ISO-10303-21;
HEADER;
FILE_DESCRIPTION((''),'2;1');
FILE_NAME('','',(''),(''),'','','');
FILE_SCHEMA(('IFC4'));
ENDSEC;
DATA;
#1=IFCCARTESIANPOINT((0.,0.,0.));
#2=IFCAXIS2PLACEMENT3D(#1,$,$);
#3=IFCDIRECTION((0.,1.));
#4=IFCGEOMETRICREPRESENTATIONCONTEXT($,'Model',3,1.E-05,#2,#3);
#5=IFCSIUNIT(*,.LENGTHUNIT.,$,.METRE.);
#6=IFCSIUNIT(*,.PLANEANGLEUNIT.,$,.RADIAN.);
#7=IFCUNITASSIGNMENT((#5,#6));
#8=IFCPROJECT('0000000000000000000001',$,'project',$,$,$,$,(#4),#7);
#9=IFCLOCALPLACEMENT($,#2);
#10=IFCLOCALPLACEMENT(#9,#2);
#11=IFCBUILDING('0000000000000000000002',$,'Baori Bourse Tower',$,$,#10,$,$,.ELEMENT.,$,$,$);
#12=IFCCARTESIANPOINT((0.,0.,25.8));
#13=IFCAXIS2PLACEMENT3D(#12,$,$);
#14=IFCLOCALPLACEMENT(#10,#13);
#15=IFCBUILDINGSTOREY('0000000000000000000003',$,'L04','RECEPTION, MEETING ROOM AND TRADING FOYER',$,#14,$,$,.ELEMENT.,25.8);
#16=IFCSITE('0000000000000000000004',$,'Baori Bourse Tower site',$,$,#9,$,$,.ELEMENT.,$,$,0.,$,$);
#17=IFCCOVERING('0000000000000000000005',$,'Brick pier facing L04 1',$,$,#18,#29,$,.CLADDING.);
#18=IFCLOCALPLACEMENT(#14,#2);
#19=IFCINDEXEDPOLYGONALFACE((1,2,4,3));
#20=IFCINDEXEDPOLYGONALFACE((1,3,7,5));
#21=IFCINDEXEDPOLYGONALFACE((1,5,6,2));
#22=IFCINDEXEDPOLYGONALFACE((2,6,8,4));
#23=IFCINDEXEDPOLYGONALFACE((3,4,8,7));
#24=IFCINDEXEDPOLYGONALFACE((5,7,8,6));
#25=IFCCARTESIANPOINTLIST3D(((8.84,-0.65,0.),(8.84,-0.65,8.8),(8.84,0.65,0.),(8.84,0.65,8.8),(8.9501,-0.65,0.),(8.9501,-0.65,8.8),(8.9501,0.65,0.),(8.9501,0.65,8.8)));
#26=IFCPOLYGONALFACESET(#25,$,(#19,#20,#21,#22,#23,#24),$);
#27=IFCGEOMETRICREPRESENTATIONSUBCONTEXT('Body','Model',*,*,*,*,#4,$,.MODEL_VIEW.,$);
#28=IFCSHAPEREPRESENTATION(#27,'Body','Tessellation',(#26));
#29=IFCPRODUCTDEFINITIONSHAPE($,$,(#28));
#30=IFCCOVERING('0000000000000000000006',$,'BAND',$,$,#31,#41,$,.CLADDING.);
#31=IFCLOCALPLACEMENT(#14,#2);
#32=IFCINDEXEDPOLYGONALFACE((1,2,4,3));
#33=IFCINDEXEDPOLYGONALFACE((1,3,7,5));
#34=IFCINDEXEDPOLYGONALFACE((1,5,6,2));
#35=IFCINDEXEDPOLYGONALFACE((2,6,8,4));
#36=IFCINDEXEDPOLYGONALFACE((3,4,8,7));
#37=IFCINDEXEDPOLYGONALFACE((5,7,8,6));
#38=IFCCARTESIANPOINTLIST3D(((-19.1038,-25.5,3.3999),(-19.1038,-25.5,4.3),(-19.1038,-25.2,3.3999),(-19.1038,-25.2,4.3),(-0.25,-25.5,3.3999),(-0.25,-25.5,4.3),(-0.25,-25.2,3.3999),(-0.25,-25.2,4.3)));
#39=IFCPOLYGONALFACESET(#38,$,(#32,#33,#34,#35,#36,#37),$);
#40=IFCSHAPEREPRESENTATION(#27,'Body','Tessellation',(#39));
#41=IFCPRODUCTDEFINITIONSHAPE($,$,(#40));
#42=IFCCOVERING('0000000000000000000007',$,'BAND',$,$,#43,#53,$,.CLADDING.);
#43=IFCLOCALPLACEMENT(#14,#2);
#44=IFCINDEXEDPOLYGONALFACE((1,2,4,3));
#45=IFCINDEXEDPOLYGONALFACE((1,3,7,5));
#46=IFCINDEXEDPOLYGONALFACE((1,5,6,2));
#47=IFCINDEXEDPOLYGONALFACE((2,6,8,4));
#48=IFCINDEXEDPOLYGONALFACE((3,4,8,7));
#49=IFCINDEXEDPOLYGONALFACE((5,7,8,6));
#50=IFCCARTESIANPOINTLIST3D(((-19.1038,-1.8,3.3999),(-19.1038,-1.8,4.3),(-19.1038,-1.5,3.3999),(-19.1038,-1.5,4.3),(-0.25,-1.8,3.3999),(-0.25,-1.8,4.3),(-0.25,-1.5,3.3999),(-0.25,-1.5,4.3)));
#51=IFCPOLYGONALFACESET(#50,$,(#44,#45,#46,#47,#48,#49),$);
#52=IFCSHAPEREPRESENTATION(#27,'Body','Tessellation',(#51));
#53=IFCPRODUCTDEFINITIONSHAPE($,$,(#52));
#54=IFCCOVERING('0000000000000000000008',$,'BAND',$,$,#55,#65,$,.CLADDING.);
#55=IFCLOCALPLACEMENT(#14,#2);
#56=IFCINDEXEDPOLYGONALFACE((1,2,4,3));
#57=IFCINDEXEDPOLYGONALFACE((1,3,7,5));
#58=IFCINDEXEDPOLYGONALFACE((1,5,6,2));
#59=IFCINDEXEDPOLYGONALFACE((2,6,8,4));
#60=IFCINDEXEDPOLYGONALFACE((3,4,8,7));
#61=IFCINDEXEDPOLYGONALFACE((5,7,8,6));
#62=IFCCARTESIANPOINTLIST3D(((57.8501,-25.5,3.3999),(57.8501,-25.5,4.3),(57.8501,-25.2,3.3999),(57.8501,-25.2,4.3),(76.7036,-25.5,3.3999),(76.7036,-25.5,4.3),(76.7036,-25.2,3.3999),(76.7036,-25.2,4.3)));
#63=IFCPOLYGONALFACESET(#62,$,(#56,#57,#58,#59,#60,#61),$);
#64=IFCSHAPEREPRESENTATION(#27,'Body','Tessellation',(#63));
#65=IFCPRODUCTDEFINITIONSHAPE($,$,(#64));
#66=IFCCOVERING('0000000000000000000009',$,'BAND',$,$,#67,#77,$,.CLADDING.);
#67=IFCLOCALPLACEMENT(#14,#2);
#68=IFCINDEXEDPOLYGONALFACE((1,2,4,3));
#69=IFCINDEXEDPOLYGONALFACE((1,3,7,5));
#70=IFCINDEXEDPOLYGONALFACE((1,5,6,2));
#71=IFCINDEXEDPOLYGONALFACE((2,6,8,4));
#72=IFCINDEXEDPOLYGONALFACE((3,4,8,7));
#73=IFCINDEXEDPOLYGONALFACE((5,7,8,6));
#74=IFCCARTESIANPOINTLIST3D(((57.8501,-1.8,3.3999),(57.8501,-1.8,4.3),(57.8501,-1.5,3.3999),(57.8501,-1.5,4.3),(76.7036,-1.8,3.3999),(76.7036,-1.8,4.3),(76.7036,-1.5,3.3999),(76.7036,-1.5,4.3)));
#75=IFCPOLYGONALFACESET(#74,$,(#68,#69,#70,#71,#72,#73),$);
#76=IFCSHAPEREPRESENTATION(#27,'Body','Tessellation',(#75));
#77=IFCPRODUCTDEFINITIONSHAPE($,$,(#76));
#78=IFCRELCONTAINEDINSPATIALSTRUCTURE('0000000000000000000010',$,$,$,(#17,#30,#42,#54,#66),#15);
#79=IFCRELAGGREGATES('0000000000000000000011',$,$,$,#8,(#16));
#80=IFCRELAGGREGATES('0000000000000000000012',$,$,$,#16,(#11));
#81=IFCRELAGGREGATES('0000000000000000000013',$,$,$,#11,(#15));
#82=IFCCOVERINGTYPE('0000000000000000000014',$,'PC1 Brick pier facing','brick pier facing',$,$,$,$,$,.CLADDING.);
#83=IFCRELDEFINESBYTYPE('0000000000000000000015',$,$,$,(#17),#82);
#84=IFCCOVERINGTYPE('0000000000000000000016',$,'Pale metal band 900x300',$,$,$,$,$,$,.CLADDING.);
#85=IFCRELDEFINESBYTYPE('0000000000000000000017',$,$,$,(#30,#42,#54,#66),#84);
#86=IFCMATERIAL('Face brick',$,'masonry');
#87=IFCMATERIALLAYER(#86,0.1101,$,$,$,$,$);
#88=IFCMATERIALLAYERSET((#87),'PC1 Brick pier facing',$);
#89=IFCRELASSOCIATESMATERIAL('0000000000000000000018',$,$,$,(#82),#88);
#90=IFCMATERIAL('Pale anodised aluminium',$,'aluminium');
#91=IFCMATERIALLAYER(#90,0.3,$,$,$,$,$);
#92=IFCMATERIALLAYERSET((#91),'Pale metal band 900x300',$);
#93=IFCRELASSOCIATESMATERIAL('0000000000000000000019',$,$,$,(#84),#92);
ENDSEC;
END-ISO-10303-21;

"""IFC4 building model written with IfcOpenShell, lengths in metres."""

from ifc_helpers import new_model, si_unit, direction, frame, origin, origin_2d, place, context, subcontext, project, spatial, polyline, rectangle, outline, extrude, material, layer, layer_set, type_object, element, save


model = new_model("IFC4")

# Units and contexts
model_context = context("Model", 3, precision=1e-05, world=origin(), true_north=direction((0.0, 1.0)))
body_context = subcontext(model_context, "Body", "Model", "MODEL_VIEW")
ifc_project = project(units=[si_unit("LENGTHUNIT", "METRE"), si_unit("PLANEANGLEUNIT", "RADIAN")], contexts=[model_context])

# Site, building, storey
site_placement = place(None, origin())
site = spatial("IfcSite", under=ifc_project, at=site_placement, Name="Baori Bourse Tower site", CompositionType="ELEMENT", RefElevation=0.0)
building_placement = place(site_placement, origin())
building = spatial("IfcBuilding", under=site, at=building_placement, Name="Baori Bourse Tower", CompositionType="ELEMENT")
storey_placement = place(building_placement, frame((0.0, 0.0, 25.8)))
storey = spatial("IfcBuildingStorey", under=building, at=storey_placement, Name="L04", Description="RECEPTION, MEETING ROOM AND TRADING FOYER", CompositionType="ELEMENT", Elevation=25.8)

# Coverings
ifc_material_1 = material(Name="Face brick", Category="masonry")
ifc_layer_1 = layer(ifc_material_1, 0.1101)
ifc_layer_set_1 = layer_set([ifc_layer_1], Name="PC1 Brick pier facing")
covering_type_1 = type_object("IfcCoveringType", Name="PC1 Brick pier facing", Description="brick pier facing", PredefinedType="CLADDING", material=ifc_layer_set_1)
covering_1_placement = place(storey_placement, frame((8.895, 0.0, 0.0), z_axis=(0.0, 0.0, 1.0), x_axis=(1.0, 0.0, 0.0)))
element("IfcCovering", 1, at=covering_1_placement, inside=storey, type_object=covering_type_1, Name="Brick pier facing L04 1", PredefinedType="CLADDING", context=body_context, shape_type="SweptSolid", body=[
    extrude(rectangle(XDim=0.1101, YDim=1.3, at=origin_2d()), origin(), (0.0, 0.0, 1.0), 8.8),
])
ifc_material_2 = material(Name="Pale anodised aluminium", Category="aluminium")
ifc_layer_2 = layer(ifc_material_2, 0.3)
ifc_layer_set_2 = layer_set([ifc_layer_2], Name="Pale metal band 900x300")
covering_type_2 = type_object("IfcCoveringType", Name="Pale metal band 900x300", PredefinedType="CLADDING", material=ifc_layer_set_2)
covering_2_placement = place(storey_placement, frame((0.0, 0.0, 3.3999)))
element("IfcCovering", 2, at=covering_2_placement, inside=storey, type_object=covering_type_2, Name="BAND", PredefinedType="CLADDING", context=body_context, shape_type="SweptSolid", body=[
    extrude(outline(polyline([(-19.1038, -25.5), (-0.25, -25.5), (-0.25, -25.2), (-19.1038, -25.2), (-19.1038, -25.5)])), origin(), (0.0, 0.0, 1.0), 0.9001),
])
covering_3_placement = place(storey_placement, frame((0.0, 0.0, 3.3999)))
element("IfcCovering", 3, at=covering_3_placement, inside=storey, type_object=covering_type_2, Name="BAND", PredefinedType="CLADDING", context=body_context, shape_type="SweptSolid", body=[
    extrude(outline(polyline([(-19.1038, -1.8), (-0.25, -1.8), (-0.25, -1.5), (-19.1038, -1.5), (-19.1038, -1.8)])), origin(), (0.0, 0.0, 1.0), 0.9001),
])
covering_4_placement = place(storey_placement, frame((0.0, 0.0, 3.3999)))
element("IfcCovering", 4, at=covering_4_placement, inside=storey, type_object=covering_type_2, Name="BAND", PredefinedType="CLADDING", context=body_context, shape_type="SweptSolid", body=[
    extrude(outline(polyline([(76.7036, -25.2), (57.8501, -25.2), (57.8501, -25.5), (76.7036, -25.5), (76.7036, -25.2)])), origin(), (0.0, 0.0, 1.0), 0.9001),
])
covering_5_placement = place(storey_placement, frame((0.0, 0.0, 3.3999)))
element("IfcCovering", 5, at=covering_5_placement, inside=storey, type_object=covering_type_2, Name="BAND", PredefinedType="CLADDING", context=body_context, shape_type="SweptSolid", body=[
    extrude(outline(polyline([(76.7036, -1.5), (57.8501, -1.5), (57.8501, -1.8), (76.7036, -1.8), (76.7036, -1.5)])), origin(), (0.0, 0.0, 1.0), 0.9001),
])

save(model, "model.ifc")
